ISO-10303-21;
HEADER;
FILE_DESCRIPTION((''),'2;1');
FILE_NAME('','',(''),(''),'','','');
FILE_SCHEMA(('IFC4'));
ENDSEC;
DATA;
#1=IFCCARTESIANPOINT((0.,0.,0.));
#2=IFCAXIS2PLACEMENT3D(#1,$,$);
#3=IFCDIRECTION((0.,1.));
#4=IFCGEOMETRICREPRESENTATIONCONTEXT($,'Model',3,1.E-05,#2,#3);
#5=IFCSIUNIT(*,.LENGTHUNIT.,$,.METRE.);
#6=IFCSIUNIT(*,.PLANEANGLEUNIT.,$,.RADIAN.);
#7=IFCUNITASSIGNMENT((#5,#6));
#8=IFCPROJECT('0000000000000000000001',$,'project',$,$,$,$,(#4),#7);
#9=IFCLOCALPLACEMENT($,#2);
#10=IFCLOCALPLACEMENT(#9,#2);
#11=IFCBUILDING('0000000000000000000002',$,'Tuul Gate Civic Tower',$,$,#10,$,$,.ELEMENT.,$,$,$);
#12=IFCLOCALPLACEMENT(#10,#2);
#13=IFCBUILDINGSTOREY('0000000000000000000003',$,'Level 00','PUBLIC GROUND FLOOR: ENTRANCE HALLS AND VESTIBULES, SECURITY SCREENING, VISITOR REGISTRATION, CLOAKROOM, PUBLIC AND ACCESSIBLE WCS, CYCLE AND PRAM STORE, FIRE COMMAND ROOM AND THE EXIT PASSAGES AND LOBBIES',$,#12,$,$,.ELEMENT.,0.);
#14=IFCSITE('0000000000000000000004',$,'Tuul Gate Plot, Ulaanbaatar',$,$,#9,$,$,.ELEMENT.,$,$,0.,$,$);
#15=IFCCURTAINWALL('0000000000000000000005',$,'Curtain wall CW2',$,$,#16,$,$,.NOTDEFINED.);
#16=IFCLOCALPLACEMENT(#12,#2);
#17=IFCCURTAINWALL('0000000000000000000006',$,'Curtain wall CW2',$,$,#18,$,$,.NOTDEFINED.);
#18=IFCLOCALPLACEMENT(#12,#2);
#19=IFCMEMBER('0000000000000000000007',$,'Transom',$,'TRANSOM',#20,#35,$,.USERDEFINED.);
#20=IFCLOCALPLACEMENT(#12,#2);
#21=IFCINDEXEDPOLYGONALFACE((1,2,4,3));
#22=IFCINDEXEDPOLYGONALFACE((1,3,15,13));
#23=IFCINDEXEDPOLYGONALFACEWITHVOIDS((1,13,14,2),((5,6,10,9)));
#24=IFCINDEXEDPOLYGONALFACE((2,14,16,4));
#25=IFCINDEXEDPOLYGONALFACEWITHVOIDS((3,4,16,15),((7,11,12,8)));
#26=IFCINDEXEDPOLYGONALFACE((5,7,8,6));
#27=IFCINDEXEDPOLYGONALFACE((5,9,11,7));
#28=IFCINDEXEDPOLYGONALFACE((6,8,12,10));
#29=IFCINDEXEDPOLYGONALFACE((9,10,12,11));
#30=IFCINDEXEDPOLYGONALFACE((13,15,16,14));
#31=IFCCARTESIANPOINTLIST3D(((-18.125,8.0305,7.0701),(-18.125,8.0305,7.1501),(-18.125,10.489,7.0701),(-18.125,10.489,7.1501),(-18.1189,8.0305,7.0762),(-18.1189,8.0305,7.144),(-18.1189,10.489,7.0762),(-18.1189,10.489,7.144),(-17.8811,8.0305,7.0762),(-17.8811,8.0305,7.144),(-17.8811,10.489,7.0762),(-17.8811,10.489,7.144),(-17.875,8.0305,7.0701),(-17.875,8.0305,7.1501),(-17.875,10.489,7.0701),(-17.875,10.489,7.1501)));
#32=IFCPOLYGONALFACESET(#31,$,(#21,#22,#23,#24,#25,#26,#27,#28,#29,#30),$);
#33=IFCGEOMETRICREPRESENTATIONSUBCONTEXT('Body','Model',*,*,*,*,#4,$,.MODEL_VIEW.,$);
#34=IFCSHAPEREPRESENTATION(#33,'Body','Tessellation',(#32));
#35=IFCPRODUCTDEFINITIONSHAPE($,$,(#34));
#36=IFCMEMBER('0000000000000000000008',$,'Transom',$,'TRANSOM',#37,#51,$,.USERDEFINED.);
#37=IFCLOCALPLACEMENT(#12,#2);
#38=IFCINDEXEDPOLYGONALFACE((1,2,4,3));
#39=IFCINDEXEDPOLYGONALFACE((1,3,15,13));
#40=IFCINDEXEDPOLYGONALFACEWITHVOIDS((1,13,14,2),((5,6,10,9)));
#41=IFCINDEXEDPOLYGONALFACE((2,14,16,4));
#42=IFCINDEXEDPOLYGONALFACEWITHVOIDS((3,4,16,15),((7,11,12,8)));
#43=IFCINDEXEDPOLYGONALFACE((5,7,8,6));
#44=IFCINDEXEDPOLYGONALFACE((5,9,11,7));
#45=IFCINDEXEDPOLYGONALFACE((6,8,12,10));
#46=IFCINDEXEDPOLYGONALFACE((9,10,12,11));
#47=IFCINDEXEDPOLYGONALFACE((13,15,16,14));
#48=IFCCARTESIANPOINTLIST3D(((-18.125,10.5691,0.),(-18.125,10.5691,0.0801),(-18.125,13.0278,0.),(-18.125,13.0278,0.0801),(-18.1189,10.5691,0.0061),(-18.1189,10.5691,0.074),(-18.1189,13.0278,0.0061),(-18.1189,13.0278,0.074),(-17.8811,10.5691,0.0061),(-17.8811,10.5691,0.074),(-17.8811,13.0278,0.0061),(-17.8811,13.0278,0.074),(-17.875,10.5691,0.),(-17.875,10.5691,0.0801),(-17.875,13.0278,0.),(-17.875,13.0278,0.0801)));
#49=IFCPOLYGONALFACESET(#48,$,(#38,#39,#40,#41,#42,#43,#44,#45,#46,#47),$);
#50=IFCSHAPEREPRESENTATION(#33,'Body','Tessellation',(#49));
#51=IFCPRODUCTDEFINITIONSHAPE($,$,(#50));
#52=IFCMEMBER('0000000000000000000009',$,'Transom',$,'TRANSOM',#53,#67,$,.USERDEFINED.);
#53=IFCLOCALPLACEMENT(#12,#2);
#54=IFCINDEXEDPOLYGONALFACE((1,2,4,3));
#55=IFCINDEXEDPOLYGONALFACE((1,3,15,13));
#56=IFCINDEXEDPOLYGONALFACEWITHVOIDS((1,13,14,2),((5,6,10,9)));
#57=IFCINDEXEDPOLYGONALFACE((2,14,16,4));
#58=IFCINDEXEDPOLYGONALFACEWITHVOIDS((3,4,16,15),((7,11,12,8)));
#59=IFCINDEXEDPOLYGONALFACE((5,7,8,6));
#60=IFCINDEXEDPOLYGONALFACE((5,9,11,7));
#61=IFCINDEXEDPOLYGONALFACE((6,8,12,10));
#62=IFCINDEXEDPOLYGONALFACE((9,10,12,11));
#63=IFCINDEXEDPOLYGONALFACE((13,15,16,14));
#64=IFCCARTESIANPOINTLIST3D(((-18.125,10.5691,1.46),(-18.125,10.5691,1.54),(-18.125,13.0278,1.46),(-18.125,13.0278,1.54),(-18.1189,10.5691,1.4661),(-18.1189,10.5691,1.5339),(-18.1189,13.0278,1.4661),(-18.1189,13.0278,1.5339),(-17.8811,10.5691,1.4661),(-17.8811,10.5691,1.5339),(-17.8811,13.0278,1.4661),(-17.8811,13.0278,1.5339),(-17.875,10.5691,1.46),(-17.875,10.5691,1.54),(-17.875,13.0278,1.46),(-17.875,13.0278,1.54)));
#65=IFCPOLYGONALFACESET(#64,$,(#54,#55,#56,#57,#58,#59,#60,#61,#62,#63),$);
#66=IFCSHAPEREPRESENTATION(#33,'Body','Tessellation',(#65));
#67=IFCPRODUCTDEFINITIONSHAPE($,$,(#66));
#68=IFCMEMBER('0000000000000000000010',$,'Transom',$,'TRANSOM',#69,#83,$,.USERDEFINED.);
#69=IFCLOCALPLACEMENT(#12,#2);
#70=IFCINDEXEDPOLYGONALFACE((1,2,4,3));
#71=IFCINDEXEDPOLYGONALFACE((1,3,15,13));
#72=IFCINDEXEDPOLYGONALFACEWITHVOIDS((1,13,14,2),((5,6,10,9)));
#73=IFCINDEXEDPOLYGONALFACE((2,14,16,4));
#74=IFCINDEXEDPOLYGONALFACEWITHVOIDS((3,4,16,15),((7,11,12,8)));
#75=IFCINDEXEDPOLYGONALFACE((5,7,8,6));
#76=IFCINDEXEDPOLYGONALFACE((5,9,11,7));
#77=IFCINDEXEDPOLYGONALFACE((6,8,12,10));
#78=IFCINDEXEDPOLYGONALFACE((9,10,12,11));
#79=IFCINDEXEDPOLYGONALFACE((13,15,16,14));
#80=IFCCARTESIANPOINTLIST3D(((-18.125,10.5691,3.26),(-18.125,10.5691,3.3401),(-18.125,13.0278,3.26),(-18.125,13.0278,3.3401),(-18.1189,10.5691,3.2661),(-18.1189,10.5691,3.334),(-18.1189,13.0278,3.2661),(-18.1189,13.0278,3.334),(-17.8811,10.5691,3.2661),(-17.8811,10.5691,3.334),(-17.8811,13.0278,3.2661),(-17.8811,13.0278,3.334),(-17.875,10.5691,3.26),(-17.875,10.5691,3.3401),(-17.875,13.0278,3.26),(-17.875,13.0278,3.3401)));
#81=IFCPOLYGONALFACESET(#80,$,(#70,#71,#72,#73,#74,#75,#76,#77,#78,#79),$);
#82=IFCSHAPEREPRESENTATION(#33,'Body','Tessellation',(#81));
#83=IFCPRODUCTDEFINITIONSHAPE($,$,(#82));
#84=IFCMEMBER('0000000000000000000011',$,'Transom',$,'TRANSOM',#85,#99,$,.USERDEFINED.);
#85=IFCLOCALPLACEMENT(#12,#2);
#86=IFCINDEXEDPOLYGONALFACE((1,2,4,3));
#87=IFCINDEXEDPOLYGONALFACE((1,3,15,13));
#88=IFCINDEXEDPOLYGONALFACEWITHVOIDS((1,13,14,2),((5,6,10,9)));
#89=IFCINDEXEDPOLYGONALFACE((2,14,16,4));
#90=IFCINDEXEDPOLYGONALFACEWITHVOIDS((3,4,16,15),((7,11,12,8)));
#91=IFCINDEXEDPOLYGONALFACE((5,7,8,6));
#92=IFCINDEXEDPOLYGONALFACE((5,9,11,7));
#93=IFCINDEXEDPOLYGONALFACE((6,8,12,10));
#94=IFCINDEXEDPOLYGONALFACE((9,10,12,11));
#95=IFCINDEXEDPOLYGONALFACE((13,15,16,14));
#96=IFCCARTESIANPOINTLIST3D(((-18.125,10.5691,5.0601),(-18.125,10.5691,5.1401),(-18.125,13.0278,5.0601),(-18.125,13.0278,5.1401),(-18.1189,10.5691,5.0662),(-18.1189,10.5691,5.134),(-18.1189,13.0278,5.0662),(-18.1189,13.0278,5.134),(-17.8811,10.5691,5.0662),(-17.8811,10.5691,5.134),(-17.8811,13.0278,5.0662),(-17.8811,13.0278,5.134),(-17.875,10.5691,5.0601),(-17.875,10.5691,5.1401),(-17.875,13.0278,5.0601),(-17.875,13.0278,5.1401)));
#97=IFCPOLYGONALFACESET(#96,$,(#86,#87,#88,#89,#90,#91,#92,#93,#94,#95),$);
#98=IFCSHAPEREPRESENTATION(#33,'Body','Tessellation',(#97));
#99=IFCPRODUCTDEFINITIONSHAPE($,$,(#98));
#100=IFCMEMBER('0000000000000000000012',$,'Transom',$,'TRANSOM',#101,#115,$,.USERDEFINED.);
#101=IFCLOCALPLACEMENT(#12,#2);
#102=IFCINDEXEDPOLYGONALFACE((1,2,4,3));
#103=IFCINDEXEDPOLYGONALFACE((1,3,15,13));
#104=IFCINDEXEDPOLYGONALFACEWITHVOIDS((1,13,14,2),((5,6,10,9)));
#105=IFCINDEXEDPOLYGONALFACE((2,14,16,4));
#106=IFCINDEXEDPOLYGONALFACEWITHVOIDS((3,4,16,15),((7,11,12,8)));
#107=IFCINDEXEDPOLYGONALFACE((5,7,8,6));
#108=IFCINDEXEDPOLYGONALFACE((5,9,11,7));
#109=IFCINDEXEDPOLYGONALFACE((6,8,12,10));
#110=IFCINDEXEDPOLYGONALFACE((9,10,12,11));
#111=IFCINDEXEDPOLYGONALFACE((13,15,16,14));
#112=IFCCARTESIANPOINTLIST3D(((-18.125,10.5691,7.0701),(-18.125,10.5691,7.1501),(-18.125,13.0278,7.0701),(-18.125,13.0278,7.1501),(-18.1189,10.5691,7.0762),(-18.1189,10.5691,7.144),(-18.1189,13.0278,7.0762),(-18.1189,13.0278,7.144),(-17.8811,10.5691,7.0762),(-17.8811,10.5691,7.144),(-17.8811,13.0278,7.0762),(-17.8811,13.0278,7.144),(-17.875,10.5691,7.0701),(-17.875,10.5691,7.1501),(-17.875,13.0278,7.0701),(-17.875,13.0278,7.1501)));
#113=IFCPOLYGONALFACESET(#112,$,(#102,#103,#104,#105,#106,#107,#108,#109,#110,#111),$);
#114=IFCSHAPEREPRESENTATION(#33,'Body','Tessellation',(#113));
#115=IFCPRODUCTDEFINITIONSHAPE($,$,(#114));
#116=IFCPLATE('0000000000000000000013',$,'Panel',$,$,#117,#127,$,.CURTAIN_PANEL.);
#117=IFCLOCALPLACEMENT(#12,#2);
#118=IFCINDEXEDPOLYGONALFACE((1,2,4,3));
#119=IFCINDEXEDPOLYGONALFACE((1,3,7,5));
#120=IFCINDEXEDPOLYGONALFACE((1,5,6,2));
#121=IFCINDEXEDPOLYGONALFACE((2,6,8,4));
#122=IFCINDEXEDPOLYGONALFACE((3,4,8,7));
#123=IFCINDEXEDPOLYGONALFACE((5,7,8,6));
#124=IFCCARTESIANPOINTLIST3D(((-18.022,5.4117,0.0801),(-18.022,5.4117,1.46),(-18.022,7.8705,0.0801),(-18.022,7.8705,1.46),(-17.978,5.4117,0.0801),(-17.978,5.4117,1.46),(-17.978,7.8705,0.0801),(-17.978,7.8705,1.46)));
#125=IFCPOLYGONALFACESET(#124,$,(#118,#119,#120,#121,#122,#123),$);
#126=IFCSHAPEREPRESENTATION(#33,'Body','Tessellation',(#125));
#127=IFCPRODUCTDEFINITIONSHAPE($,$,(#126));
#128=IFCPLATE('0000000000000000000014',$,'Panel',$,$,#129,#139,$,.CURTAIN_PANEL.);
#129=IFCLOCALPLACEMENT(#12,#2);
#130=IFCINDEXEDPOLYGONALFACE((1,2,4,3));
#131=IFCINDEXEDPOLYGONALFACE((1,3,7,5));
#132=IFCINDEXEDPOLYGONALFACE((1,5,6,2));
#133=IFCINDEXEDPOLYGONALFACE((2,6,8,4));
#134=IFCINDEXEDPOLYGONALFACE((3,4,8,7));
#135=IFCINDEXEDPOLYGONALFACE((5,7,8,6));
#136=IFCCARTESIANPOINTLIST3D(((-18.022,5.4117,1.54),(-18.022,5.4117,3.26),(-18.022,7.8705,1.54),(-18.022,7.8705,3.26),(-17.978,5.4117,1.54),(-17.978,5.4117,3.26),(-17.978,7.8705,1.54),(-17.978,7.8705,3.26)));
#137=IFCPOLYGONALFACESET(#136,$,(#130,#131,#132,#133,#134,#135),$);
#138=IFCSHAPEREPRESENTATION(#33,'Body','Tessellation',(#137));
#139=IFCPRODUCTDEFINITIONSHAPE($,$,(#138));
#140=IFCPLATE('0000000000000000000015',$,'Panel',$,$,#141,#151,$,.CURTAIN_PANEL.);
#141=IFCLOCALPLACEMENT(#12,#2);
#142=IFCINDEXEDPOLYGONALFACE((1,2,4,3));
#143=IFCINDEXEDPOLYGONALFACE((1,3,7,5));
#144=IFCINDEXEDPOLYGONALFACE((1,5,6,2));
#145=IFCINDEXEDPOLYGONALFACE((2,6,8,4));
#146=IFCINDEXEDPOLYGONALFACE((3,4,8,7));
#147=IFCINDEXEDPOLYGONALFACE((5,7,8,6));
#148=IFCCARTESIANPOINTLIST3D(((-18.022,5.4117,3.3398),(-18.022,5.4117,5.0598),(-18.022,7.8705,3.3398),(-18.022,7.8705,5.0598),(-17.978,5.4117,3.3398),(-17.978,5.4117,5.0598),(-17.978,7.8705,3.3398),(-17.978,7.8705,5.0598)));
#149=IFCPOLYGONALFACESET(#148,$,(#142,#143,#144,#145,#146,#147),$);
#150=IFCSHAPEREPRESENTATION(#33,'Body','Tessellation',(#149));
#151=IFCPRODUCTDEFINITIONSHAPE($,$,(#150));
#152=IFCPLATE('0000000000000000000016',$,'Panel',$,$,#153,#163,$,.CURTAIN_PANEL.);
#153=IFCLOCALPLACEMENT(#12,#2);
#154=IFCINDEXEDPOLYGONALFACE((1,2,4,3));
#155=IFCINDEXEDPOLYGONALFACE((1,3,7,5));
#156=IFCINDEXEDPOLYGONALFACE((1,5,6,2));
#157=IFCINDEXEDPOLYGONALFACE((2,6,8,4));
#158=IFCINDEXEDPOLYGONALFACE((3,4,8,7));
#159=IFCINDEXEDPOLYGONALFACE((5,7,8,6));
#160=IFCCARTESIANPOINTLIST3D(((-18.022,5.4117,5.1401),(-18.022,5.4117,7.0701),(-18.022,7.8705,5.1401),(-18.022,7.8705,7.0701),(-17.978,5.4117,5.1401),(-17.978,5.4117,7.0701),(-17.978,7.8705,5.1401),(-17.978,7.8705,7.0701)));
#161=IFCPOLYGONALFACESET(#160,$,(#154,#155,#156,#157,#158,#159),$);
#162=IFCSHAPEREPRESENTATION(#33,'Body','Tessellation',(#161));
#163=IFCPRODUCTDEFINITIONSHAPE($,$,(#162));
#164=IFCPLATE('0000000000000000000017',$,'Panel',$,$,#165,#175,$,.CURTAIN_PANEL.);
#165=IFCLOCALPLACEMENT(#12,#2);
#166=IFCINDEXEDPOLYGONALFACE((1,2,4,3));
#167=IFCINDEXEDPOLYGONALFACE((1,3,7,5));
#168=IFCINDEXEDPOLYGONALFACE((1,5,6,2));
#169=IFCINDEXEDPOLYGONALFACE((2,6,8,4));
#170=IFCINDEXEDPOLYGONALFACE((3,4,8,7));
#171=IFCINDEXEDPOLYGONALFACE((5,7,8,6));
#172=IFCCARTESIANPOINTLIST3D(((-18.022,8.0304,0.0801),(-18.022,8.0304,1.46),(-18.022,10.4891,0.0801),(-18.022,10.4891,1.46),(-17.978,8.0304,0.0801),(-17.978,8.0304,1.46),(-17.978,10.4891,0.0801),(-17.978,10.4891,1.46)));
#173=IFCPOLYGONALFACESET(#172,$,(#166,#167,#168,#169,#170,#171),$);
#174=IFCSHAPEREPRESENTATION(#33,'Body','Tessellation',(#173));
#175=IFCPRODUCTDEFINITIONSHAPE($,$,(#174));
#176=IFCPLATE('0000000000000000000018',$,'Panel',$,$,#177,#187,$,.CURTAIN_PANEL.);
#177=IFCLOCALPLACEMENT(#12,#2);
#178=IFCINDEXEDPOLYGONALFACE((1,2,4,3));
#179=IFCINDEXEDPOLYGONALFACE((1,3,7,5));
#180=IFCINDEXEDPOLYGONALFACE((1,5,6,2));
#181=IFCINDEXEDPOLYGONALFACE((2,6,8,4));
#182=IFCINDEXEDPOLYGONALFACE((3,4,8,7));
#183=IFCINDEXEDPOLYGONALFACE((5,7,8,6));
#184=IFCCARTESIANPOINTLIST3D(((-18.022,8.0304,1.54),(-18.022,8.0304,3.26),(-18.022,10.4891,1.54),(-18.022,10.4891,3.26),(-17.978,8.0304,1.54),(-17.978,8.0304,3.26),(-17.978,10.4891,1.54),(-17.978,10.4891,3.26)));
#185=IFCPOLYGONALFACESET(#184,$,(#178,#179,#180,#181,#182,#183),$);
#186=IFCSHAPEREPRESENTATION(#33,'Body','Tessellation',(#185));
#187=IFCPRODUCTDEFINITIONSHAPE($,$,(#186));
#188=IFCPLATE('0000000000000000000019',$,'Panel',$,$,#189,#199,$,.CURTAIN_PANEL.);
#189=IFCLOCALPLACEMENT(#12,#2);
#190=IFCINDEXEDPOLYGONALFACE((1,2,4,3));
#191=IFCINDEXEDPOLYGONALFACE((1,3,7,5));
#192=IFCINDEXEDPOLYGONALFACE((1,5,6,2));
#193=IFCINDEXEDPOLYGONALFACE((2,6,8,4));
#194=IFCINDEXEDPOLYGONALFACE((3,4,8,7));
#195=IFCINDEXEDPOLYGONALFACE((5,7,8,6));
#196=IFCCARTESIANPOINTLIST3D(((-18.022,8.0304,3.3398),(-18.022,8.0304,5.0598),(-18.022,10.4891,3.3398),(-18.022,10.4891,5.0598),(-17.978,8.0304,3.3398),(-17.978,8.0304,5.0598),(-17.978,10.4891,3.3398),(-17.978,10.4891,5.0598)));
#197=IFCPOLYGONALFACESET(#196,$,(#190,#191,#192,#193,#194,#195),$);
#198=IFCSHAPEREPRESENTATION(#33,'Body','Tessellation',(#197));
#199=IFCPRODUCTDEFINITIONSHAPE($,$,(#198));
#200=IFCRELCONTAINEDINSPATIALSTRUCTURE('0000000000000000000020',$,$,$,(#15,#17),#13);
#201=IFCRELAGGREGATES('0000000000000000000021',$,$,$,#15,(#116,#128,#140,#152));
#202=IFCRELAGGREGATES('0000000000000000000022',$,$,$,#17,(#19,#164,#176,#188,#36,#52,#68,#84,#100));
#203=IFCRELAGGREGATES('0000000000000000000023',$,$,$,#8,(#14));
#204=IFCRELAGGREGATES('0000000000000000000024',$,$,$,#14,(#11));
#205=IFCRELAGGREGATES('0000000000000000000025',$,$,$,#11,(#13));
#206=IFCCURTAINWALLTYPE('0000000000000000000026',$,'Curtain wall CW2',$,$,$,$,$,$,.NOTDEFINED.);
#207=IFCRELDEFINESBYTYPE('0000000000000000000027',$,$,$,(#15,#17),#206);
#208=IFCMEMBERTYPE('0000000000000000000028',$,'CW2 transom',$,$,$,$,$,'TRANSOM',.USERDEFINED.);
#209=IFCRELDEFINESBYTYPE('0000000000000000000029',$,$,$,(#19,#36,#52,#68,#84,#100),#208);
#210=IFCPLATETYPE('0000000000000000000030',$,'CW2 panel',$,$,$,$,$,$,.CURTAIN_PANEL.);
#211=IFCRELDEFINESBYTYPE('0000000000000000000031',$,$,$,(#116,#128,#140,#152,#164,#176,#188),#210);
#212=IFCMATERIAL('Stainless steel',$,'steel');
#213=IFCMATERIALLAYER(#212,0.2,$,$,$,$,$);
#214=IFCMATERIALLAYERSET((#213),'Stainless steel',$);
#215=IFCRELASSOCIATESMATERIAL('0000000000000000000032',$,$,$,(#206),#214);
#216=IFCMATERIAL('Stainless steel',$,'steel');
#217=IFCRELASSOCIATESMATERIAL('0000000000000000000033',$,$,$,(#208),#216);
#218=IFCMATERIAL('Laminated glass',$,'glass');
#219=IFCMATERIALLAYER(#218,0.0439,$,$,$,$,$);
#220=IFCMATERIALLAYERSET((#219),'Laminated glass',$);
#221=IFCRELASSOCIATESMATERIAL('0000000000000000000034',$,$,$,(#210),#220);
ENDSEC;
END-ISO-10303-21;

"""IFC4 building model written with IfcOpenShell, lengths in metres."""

from ifc_helpers import new_model, si_unit, direction, frame, origin, origin_2d, place, context, subcontext, project, spatial, rectangle, hollow_rectangle, extrude, material, layer, layer_set, material_profile, profile_set, type_object, element, aggregate, save


model = new_model("IFC4")

# Units and contexts
model_context = context("Model", 3, precision=1e-05, world=origin(), true_north=direction((0.0, 1.0)))
body_context = subcontext(model_context, "Body", "Model", "MODEL_VIEW")
ifc_project = project(units=[si_unit("LENGTHUNIT", "METRE"), si_unit("PLANEANGLEUNIT", "RADIAN")], contexts=[model_context])

# Site, building, storey
site_placement = place(None, origin())
site = spatial("IfcSite", under=ifc_project, at=site_placement, Name="Tuul Gate Plot, Ulaanbaatar", CompositionType="ELEMENT", RefElevation=0.0)
building_placement = place(site_placement, origin())
building = spatial("IfcBuilding", under=site, at=building_placement, Name="Tuul Gate Civic Tower", CompositionType="ELEMENT")
storey_placement = place(building_placement, origin())
storey = spatial("IfcBuildingStorey", under=building, at=storey_placement, Name="Level 00", Description="PUBLIC GROUND FLOOR: ENTRANCE HALLS AND VESTIBULES, SECURITY SCREENING, VISITOR REGISTRATION, CLOAKROOM, PUBLIC AND ACCESSIBLE WCS, CYCLE AND PRAM STORE, FIRE COMMAND ROOM AND THE EXIT PASSAGES AND LOBBIES", CompositionType="ELEMENT", Elevation=0.0)

# Curtain wall
ifc_material_1 = material(Name="Stainless steel", Category="steel")
ifc_layer_1 = layer(ifc_material_1, 0.2)
ifc_layer_set_1 = layer_set([ifc_layer_1], Name="Stainless steel")
curtain_wall_type = type_object("IfcCurtainWallType", Name="Curtain wall CW2", PredefinedType="NOTDEFINED", material=ifc_layer_set_1)
curtain_wall_1_placement = place(storey_placement, origin())
curtain_wall_1 = element("IfcCurtainWall", 1, at=curtain_wall_1_placement, inside=storey, type_object=curtain_wall_type, Name="Curtain wall CW2", PredefinedType="NOTDEFINED")

# Curtain wall
curtain_wall_2_placement = place(storey_placement, origin())
curtain_wall_2 = element("IfcCurtainWall", 2, at=curtain_wall_2_placement, inside=storey, type_object=curtain_wall_type, Name="Curtain wall CW2", PredefinedType="NOTDEFINED")

# Members
ifc_material_2 = material(Name="Stainless steel", Category="steel")
ifc_material_profile_1 = material_profile(ifc_material_2, hollow_rectangle(XDim=0.25, YDim=0.0801, WallThickness=0.0061, at=origin_2d()), Name="CW2 transom")
ifc_profile_set_1 = profile_set([ifc_material_profile_1], Name="Stainless steel")
member_type_1 = type_object("IfcMemberType", Name="CW2 transom", ElementType="TRANSOM", PredefinedType="USERDEFINED", material=ifc_profile_set_1)
member_1_placement = place(storey_placement, frame((-18.0, 8.0305, 7.1101), z_axis=(0.0, 1.0, 0.0), x_axis=(-1.0, 0.0, 0.0)))
member_1 = element("IfcMember", 3, at=member_1_placement, type_object=member_type_1, Name="Transom", ObjectType="TRANSOM", PredefinedType="USERDEFINED", context=body_context, shape_type="SweptSolid", body=[
    extrude(hollow_rectangle(XDim=0.25, YDim=0.0801, WallThickness=0.0061, at=origin_2d()), origin(), (0.0, 0.0, 1.0), 2.4585),
])
member_2_placement = place(storey_placement, frame((-18.0, 10.5691, 0.04), z_axis=(0.0, 1.0, 0.0), x_axis=(-1.0, 0.0, 0.0)))
member_2 = element("IfcMember", 4, at=member_2_placement, type_object=member_type_1, Name="Transom", ObjectType="TRANSOM", PredefinedType="USERDEFINED", context=body_context, shape_type="SweptSolid", body=[
    extrude(hollow_rectangle(XDim=0.25, YDim=0.0801, WallThickness=0.0061, at=origin_2d()), origin(), (0.0, 0.0, 1.0), 2.4587),
])
member_3_placement = place(storey_placement, frame((-18.0, 10.5691, 1.5), z_axis=(0.0, 1.0, 0.0), x_axis=(-1.0, 0.0, 0.0)))
member_3 = element("IfcMember", 5, at=member_3_placement, type_object=member_type_1, Name="Transom", ObjectType="TRANSOM", PredefinedType="USERDEFINED", context=body_context, shape_type="SweptSolid", body=[
    extrude(hollow_rectangle(XDim=0.25, YDim=0.0801, WallThickness=0.0061, at=origin_2d()), origin(), (0.0, 0.0, 1.0), 2.4587),
])
member_4_placement = place(storey_placement, frame((-18.0, 10.5691, 3.3), z_axis=(0.0, 1.0, 0.0), x_axis=(-1.0, 0.0, 0.0)))
member_4 = element("IfcMember", 6, at=member_4_placement, type_object=member_type_1, Name="Transom", ObjectType="TRANSOM", PredefinedType="USERDEFINED", context=body_context, shape_type="SweptSolid", body=[
    extrude(hollow_rectangle(XDim=0.25, YDim=0.0801, WallThickness=0.0061, at=origin_2d()), origin(), (0.0, 0.0, 1.0), 2.4587),
])
member_5_placement = place(storey_placement, frame((-18.0, 10.5691, 5.1001), z_axis=(0.0, 1.0, 0.0), x_axis=(-1.0, 0.0, 0.0)))
member_5 = element("IfcMember", 7, at=member_5_placement, type_object=member_type_1, Name="Transom", ObjectType="TRANSOM", PredefinedType="USERDEFINED", context=body_context, shape_type="SweptSolid", body=[
    extrude(hollow_rectangle(XDim=0.25, YDim=0.0801, WallThickness=0.0061, at=origin_2d()), origin(), (0.0, 0.0, 1.0), 2.4587),
])
member_6_placement = place(storey_placement, frame((-18.0, 10.5691, 7.1101), z_axis=(0.0, 1.0, 0.0), x_axis=(-1.0, 0.0, 0.0)))
member_6 = element("IfcMember", 8, at=member_6_placement, type_object=member_type_1, Name="Transom", ObjectType="TRANSOM", PredefinedType="USERDEFINED", context=body_context, shape_type="SweptSolid", body=[
    extrude(hollow_rectangle(XDim=0.25, YDim=0.0801, WallThickness=0.0061, at=origin_2d()), origin(), (0.0, 0.0, 1.0), 2.4587),
])

# Plates
ifc_material_3 = material(Name="Laminated glass", Category="glass")
ifc_layer_2 = layer(ifc_material_3, 0.0439)
ifc_layer_set_2 = layer_set([ifc_layer_2], Name="Laminated glass")
plate_type = type_object("IfcPlateType", Name="CW2 panel", PredefinedType="CURTAIN_PANEL", material=ifc_layer_set_2)
plate_1_placement = place(storey_placement, frame((-18.0, 6.6411, 0.0801), z_axis=(0.0, 0.0, 1.0), x_axis=(0.0, 1.0, 0.0)))
plate_1 = element("IfcPlate", 9, at=plate_1_placement, type_object=plate_type, Name="Panel", PredefinedType="CURTAIN_PANEL", context=body_context, shape_type="SweptSolid", body=[
    extrude(rectangle(XDim=2.4587, YDim=0.0439, at=origin_2d()), origin(), (0.0, 0.0, 1.0), 1.3799),
])
plate_2_placement = place(storey_placement, frame((-18.0, 6.6411, 1.54), z_axis=(0.0, 0.0, 1.0), x_axis=(0.0, 1.0, 0.0)))
plate_2 = element("IfcPlate", 10, at=plate_2_placement, type_object=plate_type, Name="Panel", PredefinedType="CURTAIN_PANEL", context=body_context, shape_type="SweptSolid", body=[
    extrude(rectangle(XDim=2.4587, YDim=0.0439, at=origin_2d()), origin(), (0.0, 0.0, 1.0), 1.72),
])
plate_3_placement = place(storey_placement, frame((-18.0, 6.6411, 3.3398), z_axis=(0.0, 0.0, 1.0), x_axis=(0.0, 1.0, 0.0)))
plate_3 = element("IfcPlate", 11, at=plate_3_placement, type_object=plate_type, Name="Panel", PredefinedType="CURTAIN_PANEL", context=body_context, shape_type="SweptSolid", body=[
    extrude(rectangle(XDim=2.4587, YDim=0.0439, at=origin_2d()), origin(), (0.0, 0.0, 1.0), 1.72),
])
plate_4_placement = place(storey_placement, frame((-18.0, 6.6411, 5.1401), z_axis=(0.0, 0.0, 1.0), x_axis=(0.0, 1.0, 0.0)))
plate_4 = element("IfcPlate", 12, at=plate_4_placement, type_object=plate_type, Name="Panel", PredefinedType="CURTAIN_PANEL", context=body_context, shape_type="SweptSolid", body=[
    extrude(rectangle(XDim=2.4587, YDim=0.0439, at=origin_2d()), origin(), (0.0, 0.0, 1.0), 1.9299),
])
aggregate(curtain_wall_1, [plate_1, plate_2, plate_3, plate_4])
plate_5_placement = place(storey_placement, frame((-18.0, 9.2598, 0.0801), z_axis=(0.0, 0.0, 1.0), x_axis=(0.0, 1.0, 0.0)))
plate_5 = element("IfcPlate", 13, at=plate_5_placement, type_object=plate_type, Name="Panel", PredefinedType="CURTAIN_PANEL", context=body_context, shape_type="SweptSolid", body=[
    extrude(rectangle(XDim=2.4587, YDim=0.0439, at=origin_2d()), origin(), (0.0, 0.0, 1.0), 1.3799),
])
plate_6_placement = place(storey_placement, frame((-18.0, 9.2598, 1.54), z_axis=(0.0, 0.0, 1.0), x_axis=(0.0, 1.0, 0.0)))
plate_6 = element("IfcPlate", 14, at=plate_6_placement, type_object=plate_type, Name="Panel", PredefinedType="CURTAIN_PANEL", context=body_context, shape_type="SweptSolid", body=[
    extrude(rectangle(XDim=2.4587, YDim=0.0439, at=origin_2d()), origin(), (0.0, 0.0, 1.0), 1.72),
])
plate_7_placement = place(storey_placement, frame((-18.0, 9.2598, 3.3398), z_axis=(0.0, 0.0, 1.0), x_axis=(0.0, 1.0, 0.0)))
plate_7 = element("IfcPlate", 15, at=plate_7_placement, type_object=plate_type, Name="Panel", PredefinedType="CURTAIN_PANEL", context=body_context, shape_type="SweptSolid", body=[
    extrude(rectangle(XDim=2.4587, YDim=0.0439, at=origin_2d()), origin(), (0.0, 0.0, 1.0), 1.72),
])
aggregate(curtain_wall_2, [member_1, plate_5, plate_6, plate_7, member_2, member_3, member_4, member_5, member_6])

save(model, "model.ifc")
